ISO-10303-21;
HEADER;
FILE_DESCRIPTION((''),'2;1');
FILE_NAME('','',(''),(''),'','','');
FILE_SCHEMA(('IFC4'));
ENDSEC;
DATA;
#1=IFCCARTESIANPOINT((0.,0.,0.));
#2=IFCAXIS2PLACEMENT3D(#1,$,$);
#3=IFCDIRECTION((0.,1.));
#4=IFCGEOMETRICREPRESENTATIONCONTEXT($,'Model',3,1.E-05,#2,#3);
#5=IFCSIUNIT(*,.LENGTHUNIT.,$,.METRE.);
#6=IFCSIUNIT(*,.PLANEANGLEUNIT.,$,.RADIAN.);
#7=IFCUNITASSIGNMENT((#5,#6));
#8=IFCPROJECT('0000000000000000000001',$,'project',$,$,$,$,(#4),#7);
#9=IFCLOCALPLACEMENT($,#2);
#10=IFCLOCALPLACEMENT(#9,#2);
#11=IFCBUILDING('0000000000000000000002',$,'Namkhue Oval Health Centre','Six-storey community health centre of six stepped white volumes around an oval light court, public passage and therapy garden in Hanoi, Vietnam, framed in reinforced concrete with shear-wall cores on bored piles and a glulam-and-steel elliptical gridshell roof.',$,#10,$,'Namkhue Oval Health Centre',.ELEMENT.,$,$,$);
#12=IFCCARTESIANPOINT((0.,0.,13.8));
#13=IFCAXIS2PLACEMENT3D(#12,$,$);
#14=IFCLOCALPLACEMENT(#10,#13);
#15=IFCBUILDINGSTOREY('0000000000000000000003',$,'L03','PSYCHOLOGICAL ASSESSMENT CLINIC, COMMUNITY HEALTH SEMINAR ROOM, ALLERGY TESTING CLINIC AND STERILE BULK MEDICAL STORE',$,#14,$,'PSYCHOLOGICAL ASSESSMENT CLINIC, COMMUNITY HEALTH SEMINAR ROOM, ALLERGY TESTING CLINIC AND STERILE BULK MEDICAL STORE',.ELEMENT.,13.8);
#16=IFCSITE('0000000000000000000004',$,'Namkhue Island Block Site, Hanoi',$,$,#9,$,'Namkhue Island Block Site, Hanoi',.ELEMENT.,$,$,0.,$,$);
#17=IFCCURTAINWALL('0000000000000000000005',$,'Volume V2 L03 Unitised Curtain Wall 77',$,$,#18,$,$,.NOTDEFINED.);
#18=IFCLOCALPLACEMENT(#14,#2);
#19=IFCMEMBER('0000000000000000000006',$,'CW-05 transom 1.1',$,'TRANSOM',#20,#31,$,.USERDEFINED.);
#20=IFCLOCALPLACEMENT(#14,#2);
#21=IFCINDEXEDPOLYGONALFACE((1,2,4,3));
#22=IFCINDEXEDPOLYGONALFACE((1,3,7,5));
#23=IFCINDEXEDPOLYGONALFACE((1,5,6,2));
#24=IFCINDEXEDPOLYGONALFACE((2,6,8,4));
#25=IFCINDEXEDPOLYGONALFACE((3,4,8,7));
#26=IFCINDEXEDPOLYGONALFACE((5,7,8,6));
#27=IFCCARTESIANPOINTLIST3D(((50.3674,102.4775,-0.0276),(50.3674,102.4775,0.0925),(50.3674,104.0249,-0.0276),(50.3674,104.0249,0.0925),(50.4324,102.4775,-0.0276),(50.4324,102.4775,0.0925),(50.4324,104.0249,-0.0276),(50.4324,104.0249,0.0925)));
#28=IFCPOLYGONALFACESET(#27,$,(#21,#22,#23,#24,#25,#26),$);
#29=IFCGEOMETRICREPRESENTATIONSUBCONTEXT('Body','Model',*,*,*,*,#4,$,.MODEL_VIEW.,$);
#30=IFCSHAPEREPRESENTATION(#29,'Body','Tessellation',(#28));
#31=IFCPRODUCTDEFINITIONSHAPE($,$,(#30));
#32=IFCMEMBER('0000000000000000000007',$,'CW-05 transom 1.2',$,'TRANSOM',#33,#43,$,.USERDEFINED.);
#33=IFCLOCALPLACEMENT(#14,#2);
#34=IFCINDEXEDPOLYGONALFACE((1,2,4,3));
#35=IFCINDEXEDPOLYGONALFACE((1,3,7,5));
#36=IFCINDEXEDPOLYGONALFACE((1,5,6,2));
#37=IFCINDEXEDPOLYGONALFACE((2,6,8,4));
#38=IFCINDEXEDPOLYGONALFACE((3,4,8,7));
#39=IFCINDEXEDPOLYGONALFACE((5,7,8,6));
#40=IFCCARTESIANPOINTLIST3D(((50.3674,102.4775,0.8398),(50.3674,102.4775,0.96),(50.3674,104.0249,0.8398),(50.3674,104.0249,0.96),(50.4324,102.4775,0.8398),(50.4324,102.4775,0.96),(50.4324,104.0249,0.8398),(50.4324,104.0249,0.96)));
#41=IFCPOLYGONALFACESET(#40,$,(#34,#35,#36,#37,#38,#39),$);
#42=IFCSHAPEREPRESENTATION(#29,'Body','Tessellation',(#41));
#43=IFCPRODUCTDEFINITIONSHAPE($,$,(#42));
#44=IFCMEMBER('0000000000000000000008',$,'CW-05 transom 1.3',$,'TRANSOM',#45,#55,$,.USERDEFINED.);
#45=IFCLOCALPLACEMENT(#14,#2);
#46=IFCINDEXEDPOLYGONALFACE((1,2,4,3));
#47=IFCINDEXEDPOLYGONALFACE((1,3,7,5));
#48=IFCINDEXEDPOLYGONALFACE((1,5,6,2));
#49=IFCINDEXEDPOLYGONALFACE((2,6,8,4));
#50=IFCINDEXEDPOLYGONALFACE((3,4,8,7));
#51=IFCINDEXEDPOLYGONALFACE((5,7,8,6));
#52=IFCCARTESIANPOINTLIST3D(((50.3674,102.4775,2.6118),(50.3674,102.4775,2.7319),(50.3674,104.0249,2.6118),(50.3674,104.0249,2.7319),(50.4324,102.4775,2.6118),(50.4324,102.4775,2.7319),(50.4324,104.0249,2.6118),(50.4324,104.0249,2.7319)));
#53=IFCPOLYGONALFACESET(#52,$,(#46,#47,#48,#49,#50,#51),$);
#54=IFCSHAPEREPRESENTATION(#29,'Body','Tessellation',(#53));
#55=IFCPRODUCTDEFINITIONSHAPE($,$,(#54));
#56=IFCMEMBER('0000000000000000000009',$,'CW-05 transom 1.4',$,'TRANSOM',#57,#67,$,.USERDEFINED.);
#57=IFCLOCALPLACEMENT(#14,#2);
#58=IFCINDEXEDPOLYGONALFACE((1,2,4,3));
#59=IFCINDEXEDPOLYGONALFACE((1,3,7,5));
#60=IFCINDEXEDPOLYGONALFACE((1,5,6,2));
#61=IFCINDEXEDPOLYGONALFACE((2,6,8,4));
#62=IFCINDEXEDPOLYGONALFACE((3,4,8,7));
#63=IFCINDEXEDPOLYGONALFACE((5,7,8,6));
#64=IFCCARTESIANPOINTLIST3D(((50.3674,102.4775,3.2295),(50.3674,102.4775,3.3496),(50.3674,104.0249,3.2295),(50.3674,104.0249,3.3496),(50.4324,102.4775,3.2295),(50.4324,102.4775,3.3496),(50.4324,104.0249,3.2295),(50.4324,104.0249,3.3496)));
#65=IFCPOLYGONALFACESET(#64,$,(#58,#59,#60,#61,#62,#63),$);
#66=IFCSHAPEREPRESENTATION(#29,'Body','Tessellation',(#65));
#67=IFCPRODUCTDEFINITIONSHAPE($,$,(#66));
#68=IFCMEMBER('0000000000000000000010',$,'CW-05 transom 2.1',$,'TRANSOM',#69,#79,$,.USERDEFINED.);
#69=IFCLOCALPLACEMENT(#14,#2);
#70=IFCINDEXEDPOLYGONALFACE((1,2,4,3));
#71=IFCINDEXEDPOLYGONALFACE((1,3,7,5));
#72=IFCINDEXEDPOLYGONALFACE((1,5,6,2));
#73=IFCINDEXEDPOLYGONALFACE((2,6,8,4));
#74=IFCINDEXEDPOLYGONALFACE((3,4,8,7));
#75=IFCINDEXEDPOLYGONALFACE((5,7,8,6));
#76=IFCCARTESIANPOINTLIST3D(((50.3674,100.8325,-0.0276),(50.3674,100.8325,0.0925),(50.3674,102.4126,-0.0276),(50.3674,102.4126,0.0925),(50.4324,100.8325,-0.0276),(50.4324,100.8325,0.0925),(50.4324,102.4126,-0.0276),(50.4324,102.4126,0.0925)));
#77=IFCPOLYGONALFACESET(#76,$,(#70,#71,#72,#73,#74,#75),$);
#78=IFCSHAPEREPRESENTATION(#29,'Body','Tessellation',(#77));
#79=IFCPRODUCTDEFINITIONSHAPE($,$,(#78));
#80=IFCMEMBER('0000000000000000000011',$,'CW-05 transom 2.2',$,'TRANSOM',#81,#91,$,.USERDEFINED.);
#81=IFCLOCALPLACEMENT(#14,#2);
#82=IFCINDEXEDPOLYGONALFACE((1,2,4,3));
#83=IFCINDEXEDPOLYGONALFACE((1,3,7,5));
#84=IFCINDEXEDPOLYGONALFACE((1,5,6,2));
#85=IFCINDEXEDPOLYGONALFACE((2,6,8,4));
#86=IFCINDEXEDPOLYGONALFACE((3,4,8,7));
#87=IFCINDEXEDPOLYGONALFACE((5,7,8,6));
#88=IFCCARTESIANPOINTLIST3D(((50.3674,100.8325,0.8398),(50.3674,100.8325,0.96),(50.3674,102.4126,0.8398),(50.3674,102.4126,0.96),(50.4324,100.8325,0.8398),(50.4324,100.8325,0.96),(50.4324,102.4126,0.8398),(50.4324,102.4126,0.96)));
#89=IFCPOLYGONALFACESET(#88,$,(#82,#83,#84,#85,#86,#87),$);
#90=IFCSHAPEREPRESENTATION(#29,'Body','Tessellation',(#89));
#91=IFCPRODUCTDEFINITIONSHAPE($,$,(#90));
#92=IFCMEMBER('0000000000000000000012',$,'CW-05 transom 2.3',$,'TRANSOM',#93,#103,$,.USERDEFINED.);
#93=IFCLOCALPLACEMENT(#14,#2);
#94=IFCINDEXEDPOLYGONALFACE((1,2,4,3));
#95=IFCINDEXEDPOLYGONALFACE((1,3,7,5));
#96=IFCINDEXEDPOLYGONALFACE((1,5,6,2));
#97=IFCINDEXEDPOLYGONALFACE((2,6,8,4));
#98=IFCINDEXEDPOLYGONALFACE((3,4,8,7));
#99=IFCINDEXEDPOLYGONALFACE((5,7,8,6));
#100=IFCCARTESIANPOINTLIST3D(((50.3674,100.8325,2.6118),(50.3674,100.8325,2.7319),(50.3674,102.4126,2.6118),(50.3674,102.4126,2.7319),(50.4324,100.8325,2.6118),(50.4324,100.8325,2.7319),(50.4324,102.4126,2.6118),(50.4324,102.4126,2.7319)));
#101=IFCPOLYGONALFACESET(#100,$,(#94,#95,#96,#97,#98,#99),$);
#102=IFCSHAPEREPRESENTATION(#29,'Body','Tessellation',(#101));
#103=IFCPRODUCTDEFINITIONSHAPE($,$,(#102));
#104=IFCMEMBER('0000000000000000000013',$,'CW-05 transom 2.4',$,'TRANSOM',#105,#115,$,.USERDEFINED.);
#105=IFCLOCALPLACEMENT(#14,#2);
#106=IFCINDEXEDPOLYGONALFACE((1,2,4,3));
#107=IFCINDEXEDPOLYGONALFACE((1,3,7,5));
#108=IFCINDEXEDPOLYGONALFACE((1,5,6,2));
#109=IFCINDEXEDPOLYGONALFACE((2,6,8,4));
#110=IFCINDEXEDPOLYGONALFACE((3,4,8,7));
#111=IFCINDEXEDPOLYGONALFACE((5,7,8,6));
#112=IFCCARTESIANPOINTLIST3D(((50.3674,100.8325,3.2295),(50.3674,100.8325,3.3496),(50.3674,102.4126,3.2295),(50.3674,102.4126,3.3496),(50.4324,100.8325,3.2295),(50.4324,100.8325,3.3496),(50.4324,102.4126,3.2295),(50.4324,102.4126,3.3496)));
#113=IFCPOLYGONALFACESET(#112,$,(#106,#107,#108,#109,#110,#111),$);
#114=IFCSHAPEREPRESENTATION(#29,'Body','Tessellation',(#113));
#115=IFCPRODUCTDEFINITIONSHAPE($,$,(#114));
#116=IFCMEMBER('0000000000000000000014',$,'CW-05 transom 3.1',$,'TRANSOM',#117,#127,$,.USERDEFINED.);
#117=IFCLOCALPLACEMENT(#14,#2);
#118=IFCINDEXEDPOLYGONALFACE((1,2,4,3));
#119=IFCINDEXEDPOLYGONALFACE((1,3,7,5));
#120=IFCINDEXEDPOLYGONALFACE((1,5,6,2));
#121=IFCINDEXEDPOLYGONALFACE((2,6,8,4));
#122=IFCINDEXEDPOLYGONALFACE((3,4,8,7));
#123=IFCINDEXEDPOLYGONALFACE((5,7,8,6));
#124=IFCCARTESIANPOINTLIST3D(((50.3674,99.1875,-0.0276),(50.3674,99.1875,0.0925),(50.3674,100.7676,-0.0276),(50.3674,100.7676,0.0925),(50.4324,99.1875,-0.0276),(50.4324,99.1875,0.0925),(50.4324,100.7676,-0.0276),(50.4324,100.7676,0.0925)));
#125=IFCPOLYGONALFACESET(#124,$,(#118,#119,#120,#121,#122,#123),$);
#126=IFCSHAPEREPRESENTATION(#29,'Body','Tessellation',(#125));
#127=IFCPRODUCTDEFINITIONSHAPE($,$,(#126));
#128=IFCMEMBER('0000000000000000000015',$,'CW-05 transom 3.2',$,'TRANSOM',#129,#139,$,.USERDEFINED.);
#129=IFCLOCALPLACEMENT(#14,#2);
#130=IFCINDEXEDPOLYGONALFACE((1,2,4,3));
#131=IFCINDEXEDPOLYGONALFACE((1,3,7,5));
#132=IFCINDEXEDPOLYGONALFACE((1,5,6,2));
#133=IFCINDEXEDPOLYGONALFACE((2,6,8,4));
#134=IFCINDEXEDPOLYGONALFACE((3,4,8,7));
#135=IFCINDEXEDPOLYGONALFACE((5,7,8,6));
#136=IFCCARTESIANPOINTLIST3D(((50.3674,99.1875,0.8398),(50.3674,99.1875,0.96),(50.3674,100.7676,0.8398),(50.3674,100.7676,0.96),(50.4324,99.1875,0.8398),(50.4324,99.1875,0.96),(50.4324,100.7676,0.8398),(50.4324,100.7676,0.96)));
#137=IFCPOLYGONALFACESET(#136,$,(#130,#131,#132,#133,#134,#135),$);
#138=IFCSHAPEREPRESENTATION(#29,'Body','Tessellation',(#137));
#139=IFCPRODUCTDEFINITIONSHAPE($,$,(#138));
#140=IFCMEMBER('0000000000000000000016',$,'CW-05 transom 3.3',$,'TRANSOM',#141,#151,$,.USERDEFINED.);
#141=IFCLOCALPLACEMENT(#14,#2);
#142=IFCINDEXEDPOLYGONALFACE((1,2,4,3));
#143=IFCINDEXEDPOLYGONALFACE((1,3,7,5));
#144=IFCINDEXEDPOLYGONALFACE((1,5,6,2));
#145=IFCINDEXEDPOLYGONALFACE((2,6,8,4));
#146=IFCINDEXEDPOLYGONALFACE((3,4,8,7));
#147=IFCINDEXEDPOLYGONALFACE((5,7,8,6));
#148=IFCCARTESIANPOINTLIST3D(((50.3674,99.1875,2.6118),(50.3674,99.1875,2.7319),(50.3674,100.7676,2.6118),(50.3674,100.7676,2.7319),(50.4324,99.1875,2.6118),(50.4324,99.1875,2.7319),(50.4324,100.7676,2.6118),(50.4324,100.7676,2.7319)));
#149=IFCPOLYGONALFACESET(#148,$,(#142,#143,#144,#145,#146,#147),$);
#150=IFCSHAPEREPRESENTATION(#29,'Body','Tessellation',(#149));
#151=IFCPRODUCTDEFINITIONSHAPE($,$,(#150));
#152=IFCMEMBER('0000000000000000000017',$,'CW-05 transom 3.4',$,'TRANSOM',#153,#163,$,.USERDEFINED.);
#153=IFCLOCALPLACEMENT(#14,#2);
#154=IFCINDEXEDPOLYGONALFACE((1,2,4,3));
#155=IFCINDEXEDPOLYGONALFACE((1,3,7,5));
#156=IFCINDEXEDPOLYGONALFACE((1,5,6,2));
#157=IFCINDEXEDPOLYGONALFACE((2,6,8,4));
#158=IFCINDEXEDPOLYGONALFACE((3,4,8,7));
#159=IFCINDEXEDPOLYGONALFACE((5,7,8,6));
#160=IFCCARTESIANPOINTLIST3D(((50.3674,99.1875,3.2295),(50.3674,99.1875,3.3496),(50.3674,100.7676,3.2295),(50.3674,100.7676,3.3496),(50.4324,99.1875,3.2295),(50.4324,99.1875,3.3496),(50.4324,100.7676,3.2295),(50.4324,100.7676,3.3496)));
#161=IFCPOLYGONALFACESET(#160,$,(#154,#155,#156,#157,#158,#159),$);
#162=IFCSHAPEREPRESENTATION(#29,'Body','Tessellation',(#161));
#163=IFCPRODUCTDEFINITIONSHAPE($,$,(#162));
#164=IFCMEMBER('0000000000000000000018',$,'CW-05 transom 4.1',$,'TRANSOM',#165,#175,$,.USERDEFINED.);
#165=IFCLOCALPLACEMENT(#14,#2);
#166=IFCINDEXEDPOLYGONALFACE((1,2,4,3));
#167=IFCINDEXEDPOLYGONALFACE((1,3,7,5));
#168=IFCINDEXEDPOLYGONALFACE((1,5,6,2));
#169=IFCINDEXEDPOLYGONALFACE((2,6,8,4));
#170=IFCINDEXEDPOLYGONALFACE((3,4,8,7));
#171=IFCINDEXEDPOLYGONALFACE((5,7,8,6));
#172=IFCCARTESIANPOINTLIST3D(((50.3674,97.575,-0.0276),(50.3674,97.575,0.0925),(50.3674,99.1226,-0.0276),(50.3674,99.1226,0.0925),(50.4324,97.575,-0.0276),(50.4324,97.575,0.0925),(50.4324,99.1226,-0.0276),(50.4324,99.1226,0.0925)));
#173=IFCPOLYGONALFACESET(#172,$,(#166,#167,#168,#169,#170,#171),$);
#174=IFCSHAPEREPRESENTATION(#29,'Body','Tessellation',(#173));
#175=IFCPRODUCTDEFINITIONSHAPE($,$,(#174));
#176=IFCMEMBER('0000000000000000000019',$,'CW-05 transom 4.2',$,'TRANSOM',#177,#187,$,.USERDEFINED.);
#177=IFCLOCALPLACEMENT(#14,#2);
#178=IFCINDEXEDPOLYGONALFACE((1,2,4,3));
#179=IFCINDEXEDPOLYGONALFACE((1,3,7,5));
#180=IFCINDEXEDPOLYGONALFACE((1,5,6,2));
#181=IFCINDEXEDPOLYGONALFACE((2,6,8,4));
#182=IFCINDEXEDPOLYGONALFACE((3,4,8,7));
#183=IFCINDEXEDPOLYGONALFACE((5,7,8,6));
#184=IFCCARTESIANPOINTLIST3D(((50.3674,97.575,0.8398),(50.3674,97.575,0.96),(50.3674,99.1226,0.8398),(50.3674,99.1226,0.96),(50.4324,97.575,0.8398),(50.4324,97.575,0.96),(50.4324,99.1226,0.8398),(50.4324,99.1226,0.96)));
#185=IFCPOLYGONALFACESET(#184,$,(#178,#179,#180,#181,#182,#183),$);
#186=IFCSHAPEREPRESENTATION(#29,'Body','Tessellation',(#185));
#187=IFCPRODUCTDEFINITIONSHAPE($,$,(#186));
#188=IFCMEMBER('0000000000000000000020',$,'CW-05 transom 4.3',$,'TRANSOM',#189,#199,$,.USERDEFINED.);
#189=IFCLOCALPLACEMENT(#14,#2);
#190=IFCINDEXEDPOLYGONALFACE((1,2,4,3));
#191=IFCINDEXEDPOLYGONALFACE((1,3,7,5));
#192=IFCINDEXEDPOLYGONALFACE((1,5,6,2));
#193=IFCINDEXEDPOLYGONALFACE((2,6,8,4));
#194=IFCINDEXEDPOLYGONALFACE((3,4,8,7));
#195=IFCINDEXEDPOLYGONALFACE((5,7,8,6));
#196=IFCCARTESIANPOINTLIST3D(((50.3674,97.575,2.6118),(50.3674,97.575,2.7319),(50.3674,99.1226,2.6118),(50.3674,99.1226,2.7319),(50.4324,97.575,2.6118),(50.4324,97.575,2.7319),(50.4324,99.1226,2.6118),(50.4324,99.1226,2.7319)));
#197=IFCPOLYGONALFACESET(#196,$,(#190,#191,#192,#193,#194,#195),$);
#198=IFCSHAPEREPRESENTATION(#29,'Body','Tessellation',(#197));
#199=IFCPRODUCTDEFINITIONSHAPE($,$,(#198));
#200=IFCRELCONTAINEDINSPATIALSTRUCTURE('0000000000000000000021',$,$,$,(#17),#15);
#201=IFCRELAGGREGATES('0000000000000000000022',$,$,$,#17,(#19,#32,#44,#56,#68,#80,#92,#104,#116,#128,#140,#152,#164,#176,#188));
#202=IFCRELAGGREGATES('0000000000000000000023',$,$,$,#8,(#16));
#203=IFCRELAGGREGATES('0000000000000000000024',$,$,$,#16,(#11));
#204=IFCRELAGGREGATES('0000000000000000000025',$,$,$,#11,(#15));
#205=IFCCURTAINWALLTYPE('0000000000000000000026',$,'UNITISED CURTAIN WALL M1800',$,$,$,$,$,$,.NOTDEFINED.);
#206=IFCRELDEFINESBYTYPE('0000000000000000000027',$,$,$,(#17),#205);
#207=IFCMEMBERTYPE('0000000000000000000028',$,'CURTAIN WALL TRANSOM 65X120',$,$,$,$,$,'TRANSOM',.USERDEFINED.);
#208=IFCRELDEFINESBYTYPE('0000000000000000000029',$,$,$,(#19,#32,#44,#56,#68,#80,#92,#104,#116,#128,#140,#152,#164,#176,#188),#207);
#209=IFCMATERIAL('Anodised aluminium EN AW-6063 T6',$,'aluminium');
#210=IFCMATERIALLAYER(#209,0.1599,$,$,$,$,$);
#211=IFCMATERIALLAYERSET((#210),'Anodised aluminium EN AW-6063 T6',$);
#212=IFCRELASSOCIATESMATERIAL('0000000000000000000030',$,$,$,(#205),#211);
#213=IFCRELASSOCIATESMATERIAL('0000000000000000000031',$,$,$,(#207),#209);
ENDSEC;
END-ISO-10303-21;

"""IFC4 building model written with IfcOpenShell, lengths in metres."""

from ifc_helpers import new_model, si_unit, direction, frame, origin, origin_2d, place, context, subcontext, project, spatial, rectangle, extrude, material, layer, layer_set, material_profile, profile_set, type_object, element, aggregate, save


model = new_model("IFC4")

# Units and contexts
model_context = context("Model", 3, precision=1e-05, world=origin(), true_north=direction((0.0, 1.0)))
body_context = subcontext(model_context, "Body", "Model", "MODEL_VIEW")
ifc_project = project(units=[si_unit("LENGTHUNIT", "METRE"), si_unit("PLANEANGLEUNIT", "RADIAN")], contexts=[model_context])

# Site, building, storey
site_placement = place(None, origin())
site = spatial("IfcSite", under=ifc_project, at=site_placement, Name="Namkhue Island Block Site, Hanoi", LongName="Namkhue Island Block Site, Hanoi", CompositionType="ELEMENT", RefElevation=0.0)
building_placement = place(site_placement, origin())
building = spatial("IfcBuilding", under=site, at=building_placement, Name="Namkhue Oval Health Centre", Description="Six-storey community health centre of six stepped white volumes around an oval light court, public passage and therapy garden in Hanoi, Vietnam, framed in reinforced concrete with shear-wall cores on bored piles and a glulam-and-steel elliptical gridshell roof.", LongName="Namkhue Oval Health Centre", CompositionType="ELEMENT")
storey_placement = place(building_placement, frame((0.0, 0.0, 13.8)))
storey = spatial("IfcBuildingStorey", under=building, at=storey_placement, Name="L03", Description="PSYCHOLOGICAL ASSESSMENT CLINIC, COMMUNITY HEALTH SEMINAR ROOM, ALLERGY TESTING CLINIC AND STERILE BULK MEDICAL STORE", LongName="PSYCHOLOGICAL ASSESSMENT CLINIC, COMMUNITY HEALTH SEMINAR ROOM, ALLERGY TESTING CLINIC AND STERILE BULK MEDICAL STORE", CompositionType="ELEMENT", Elevation=13.8)

# Curtain wall, members
ifc_material_1 = material(Name="Anodised aluminium EN AW-6063 T6", Category="aluminium")
ifc_layer_1 = layer(ifc_material_1, 0.1599)
ifc_layer_set_1 = layer_set([ifc_layer_1], Name="Anodised aluminium EN AW-6063 T6")
curtain_wall_type = type_object("IfcCurtainWallType", Name="UNITISED CURTAIN WALL M1800", PredefinedType="NOTDEFINED", material=ifc_layer_set_1)
curtain_wall_placement = place(storey_placement, origin())
curtain_wall = element("IfcCurtainWall", 1, at=curtain_wall_placement, inside=storey, type_object=curtain_wall_type, Name="Volume V2 L03 Unitised Curtain Wall 77", PredefinedType="NOTDEFINED")
ifc_material_profile_1 = material_profile(ifc_material_1, rectangle(XDim=0.0649, YDim=0.1201, at=origin_2d()), Name="ALU 65x120")
ifc_profile_set_1 = profile_set([ifc_material_profile_1], Name="Anodised aluminium EN AW-6063 T6")
member_type_1 = type_object("IfcMemberType", Name="CURTAIN WALL TRANSOM 65X120", ElementType="TRANSOM", PredefinedType="USERDEFINED", material=ifc_profile_set_1)
member_1_placement = place(storey_placement, frame((50.3999, 104.0249, 0.0325), z_axis=(0.0, -1.0, 0.0), x_axis=(1.0, 0.0, 0.0)))
member_1 = element("IfcMember", 2, at=member_1_placement, type_object=member_type_1, Name="CW-05 transom 1.1", ObjectType="TRANSOM", PredefinedType="USERDEFINED", context=body_context, shape_type="SweptSolid", body=[
    extrude(rectangle(XDim=0.0649, YDim=0.1201, at=origin_2d()), origin(), (0.0, 0.0, 1.0), 1.5474),
])
member_2_placement = place(storey_placement, frame((50.3999, 104.0249, 0.8999), z_axis=(0.0, -1.0, 0.0), x_axis=(1.0, 0.0, 0.0)))
member_2 = element("IfcMember", 3, at=member_2_placement, type_object=member_type_1, Name="CW-05 transom 1.2", ObjectType="TRANSOM", PredefinedType="USERDEFINED", context=body_context, shape_type="SweptSolid", body=[
    extrude(rectangle(XDim=0.0649, YDim=0.1201, at=origin_2d()), origin(), (0.0, 0.0, 1.0), 1.5474),
])
member_3_placement = place(storey_placement, frame((50.3999, 104.0249, 2.6719), z_axis=(0.0, -1.0, 0.0), x_axis=(1.0, 0.0, 0.0)))
member_3 = element("IfcMember", 4, at=member_3_placement, type_object=member_type_1, Name="CW-05 transom 1.3", ObjectType="TRANSOM", PredefinedType="USERDEFINED", context=body_context, shape_type="SweptSolid", body=[
    extrude(rectangle(XDim=0.0649, YDim=0.1201, at=origin_2d()), origin(), (0.0, 0.0, 1.0), 1.5474),
])
member_4_placement = place(storey_placement, frame((50.3999, 104.0249, 3.2896), z_axis=(0.0, -1.0, 0.0), x_axis=(1.0, 0.0, 0.0)))
member_4 = element("IfcMember", 5, at=member_4_placement, type_object=member_type_1, Name="CW-05 transom 1.4", ObjectType="TRANSOM", PredefinedType="USERDEFINED", context=body_context, shape_type="SweptSolid", body=[
    extrude(rectangle(XDim=0.0649, YDim=0.1201, at=origin_2d()), origin(), (0.0, 0.0, 1.0), 1.5474),
])
member_5_placement = place(storey_placement, frame((50.3999, 102.4126, 0.0325), z_axis=(0.0, -1.0, 0.0), x_axis=(1.0, 0.0, 0.0)))
member_5 = element("IfcMember", 6, at=member_5_placement, type_object=member_type_1, Name="CW-05 transom 2.1", ObjectType="TRANSOM", PredefinedType="USERDEFINED", context=body_context, shape_type="SweptSolid", body=[
    extrude(rectangle(XDim=0.0649, YDim=0.1201, at=origin_2d()), origin(), (0.0, 0.0, 1.0), 1.5801),
])
member_6_placement = place(storey_placement, frame((50.3999, 102.4126, 0.8999), z_axis=(0.0, -1.0, 0.0), x_axis=(1.0, 0.0, 0.0)))
member_6 = element("IfcMember", 7, at=member_6_placement, type_object=member_type_1, Name="CW-05 transom 2.2", ObjectType="TRANSOM", PredefinedType="USERDEFINED", context=body_context, shape_type="SweptSolid", body=[
    extrude(rectangle(XDim=0.0649, YDim=0.1201, at=origin_2d()), origin(), (0.0, 0.0, 1.0), 1.5801),
])
member_7_placement = place(storey_placement, frame((50.3999, 102.4126, 2.6719), z_axis=(0.0, -1.0, 0.0), x_axis=(1.0, 0.0, 0.0)))
member_7 = element("IfcMember", 8, at=member_7_placement, type_object=member_type_1, Name="CW-05 transom 2.3", ObjectType="TRANSOM", PredefinedType="USERDEFINED", context=body_context, shape_type="SweptSolid", body=[
    extrude(rectangle(XDim=0.0649, YDim=0.1201, at=origin_2d()), origin(), (0.0, 0.0, 1.0), 1.5801),
])
member_8_placement = place(storey_placement, frame((50.3999, 102.4126, 3.2896), z_axis=(0.0, -1.0, 0.0), x_axis=(1.0, 0.0, 0.0)))
member_8 = element("IfcMember", 9, at=member_8_placement, type_object=member_type_1, Name="CW-05 transom 2.4", ObjectType="TRANSOM", PredefinedType="USERDEFINED", context=body_context, shape_type="SweptSolid", body=[
    extrude(rectangle(XDim=0.0649, YDim=0.1201, at=origin_2d()), origin(), (0.0, 0.0, 1.0), 1.5801),
])
member_9_placement = place(storey_placement, frame((50.3999, 100.7676, 0.0325), z_axis=(0.0, -1.0, 0.0), x_axis=(1.0, 0.0, 0.0)))
member_9 = element("IfcMember", 10, at=member_9_placement, type_object=member_type_1, Name="CW-05 transom 3.1", ObjectType="TRANSOM", PredefinedType="USERDEFINED", context=body_context, shape_type="SweptSolid", body=[
    extrude(rectangle(XDim=0.0649, YDim=0.1201, at=origin_2d()), origin(), (0.0, 0.0, 1.0), 1.5801),
])
member_10_placement = place(storey_placement, frame((50.3999, 100.7676, 0.8999), z_axis=(0.0, -1.0, 0.0), x_axis=(1.0, 0.0, 0.0)))
member_10 = element("IfcMember", 11, at=member_10_placement, type_object=member_type_1, Name="CW-05 transom 3.2", ObjectType="TRANSOM", PredefinedType="USERDEFINED", context=body_context, shape_type="SweptSolid", body=[
    extrude(rectangle(XDim=0.0649, YDim=0.1201, at=origin_2d()), origin(), (0.0, 0.0, 1.0), 1.5801),
])
member_11_placement = place(storey_placement, frame((50.3999, 100.7676, 2.6719), z_axis=(0.0, -1.0, 0.0), x_axis=(1.0, 0.0, 0.0)))
member_11 = element("IfcMember", 12, at=member_11_placement, type_object=member_type_1, Name="CW-05 transom 3.3", ObjectType="TRANSOM", PredefinedType="USERDEFINED", context=body_context, shape_type="SweptSolid", body=[
    extrude(rectangle(XDim=0.0649, YDim=0.1201, at=origin_2d()), origin(), (0.0, 0.0, 1.0), 1.5801),
])
member_12_placement = place(storey_placement, frame((50.3999, 100.7676, 3.2896), z_axis=(0.0, -1.0, 0.0), x_axis=(1.0, 0.0, 0.0)))
member_12 = element("IfcMember", 13, at=member_12_placement, type_object=member_type_1, Name="CW-05 transom 3.4", ObjectType="TRANSOM", PredefinedType="USERDEFINED", context=body_context, shape_type="SweptSolid", body=[
    extrude(rectangle(XDim=0.0649, YDim=0.1201, at=origin_2d()), origin(), (0.0, 0.0, 1.0), 1.5801),
])
member_13_placement = place(storey_placement, frame((50.3999, 99.1226, 0.0325), z_axis=(0.0, -1.0, 0.0), x_axis=(1.0, 0.0, 0.0)))
member_13 = element("IfcMember", 14, at=member_13_placement, type_object=member_type_1, Name="CW-05 transom 4.1", ObjectType="TRANSOM", PredefinedType="USERDEFINED", context=body_context, shape_type="SweptSolid", body=[
    extrude(rectangle(XDim=0.0649, YDim=0.1201, at=origin_2d()), origin(), (0.0, 0.0, 1.0), 1.5476),
])
member_14_placement = place(storey_placement, frame((50.3999, 99.1226, 0.8999), z_axis=(0.0, -1.0, 0.0), x_axis=(1.0, 0.0, 0.0)))
member_14 = element("IfcMember", 15, at=member_14_placement, type_object=member_type_1, Name="CW-05 transom 4.2", ObjectType="TRANSOM", PredefinedType="USERDEFINED", context=body_context, shape_type="SweptSolid", body=[
    extrude(rectangle(XDim=0.0649, YDim=0.1201, at=origin_2d()), origin(), (0.0, 0.0, 1.0), 1.5476),
])
member_15_placement = place(storey_placement, frame((50.3999, 99.1226, 2.6719), z_axis=(0.0, -1.0, 0.0), x_axis=(1.0, 0.0, 0.0)))
member_15 = element("IfcMember", 16, at=member_15_placement, type_object=member_type_1, Name="CW-05 transom 4.3", ObjectType="TRANSOM", PredefinedType="USERDEFINED", context=body_context, shape_type="SweptSolid", body=[
    extrude(rectangle(XDim=0.0649, YDim=0.1201, at=origin_2d()), origin(), (0.0, 0.0, 1.0), 1.5476),
])

aggregate(curtain_wall, [member_1, member_2, member_3, member_4, member_5, member_6, member_7, member_8, member_9, member_10, member_11, member_12, member_13, member_14, member_15])

save(model, "model.ifc")
